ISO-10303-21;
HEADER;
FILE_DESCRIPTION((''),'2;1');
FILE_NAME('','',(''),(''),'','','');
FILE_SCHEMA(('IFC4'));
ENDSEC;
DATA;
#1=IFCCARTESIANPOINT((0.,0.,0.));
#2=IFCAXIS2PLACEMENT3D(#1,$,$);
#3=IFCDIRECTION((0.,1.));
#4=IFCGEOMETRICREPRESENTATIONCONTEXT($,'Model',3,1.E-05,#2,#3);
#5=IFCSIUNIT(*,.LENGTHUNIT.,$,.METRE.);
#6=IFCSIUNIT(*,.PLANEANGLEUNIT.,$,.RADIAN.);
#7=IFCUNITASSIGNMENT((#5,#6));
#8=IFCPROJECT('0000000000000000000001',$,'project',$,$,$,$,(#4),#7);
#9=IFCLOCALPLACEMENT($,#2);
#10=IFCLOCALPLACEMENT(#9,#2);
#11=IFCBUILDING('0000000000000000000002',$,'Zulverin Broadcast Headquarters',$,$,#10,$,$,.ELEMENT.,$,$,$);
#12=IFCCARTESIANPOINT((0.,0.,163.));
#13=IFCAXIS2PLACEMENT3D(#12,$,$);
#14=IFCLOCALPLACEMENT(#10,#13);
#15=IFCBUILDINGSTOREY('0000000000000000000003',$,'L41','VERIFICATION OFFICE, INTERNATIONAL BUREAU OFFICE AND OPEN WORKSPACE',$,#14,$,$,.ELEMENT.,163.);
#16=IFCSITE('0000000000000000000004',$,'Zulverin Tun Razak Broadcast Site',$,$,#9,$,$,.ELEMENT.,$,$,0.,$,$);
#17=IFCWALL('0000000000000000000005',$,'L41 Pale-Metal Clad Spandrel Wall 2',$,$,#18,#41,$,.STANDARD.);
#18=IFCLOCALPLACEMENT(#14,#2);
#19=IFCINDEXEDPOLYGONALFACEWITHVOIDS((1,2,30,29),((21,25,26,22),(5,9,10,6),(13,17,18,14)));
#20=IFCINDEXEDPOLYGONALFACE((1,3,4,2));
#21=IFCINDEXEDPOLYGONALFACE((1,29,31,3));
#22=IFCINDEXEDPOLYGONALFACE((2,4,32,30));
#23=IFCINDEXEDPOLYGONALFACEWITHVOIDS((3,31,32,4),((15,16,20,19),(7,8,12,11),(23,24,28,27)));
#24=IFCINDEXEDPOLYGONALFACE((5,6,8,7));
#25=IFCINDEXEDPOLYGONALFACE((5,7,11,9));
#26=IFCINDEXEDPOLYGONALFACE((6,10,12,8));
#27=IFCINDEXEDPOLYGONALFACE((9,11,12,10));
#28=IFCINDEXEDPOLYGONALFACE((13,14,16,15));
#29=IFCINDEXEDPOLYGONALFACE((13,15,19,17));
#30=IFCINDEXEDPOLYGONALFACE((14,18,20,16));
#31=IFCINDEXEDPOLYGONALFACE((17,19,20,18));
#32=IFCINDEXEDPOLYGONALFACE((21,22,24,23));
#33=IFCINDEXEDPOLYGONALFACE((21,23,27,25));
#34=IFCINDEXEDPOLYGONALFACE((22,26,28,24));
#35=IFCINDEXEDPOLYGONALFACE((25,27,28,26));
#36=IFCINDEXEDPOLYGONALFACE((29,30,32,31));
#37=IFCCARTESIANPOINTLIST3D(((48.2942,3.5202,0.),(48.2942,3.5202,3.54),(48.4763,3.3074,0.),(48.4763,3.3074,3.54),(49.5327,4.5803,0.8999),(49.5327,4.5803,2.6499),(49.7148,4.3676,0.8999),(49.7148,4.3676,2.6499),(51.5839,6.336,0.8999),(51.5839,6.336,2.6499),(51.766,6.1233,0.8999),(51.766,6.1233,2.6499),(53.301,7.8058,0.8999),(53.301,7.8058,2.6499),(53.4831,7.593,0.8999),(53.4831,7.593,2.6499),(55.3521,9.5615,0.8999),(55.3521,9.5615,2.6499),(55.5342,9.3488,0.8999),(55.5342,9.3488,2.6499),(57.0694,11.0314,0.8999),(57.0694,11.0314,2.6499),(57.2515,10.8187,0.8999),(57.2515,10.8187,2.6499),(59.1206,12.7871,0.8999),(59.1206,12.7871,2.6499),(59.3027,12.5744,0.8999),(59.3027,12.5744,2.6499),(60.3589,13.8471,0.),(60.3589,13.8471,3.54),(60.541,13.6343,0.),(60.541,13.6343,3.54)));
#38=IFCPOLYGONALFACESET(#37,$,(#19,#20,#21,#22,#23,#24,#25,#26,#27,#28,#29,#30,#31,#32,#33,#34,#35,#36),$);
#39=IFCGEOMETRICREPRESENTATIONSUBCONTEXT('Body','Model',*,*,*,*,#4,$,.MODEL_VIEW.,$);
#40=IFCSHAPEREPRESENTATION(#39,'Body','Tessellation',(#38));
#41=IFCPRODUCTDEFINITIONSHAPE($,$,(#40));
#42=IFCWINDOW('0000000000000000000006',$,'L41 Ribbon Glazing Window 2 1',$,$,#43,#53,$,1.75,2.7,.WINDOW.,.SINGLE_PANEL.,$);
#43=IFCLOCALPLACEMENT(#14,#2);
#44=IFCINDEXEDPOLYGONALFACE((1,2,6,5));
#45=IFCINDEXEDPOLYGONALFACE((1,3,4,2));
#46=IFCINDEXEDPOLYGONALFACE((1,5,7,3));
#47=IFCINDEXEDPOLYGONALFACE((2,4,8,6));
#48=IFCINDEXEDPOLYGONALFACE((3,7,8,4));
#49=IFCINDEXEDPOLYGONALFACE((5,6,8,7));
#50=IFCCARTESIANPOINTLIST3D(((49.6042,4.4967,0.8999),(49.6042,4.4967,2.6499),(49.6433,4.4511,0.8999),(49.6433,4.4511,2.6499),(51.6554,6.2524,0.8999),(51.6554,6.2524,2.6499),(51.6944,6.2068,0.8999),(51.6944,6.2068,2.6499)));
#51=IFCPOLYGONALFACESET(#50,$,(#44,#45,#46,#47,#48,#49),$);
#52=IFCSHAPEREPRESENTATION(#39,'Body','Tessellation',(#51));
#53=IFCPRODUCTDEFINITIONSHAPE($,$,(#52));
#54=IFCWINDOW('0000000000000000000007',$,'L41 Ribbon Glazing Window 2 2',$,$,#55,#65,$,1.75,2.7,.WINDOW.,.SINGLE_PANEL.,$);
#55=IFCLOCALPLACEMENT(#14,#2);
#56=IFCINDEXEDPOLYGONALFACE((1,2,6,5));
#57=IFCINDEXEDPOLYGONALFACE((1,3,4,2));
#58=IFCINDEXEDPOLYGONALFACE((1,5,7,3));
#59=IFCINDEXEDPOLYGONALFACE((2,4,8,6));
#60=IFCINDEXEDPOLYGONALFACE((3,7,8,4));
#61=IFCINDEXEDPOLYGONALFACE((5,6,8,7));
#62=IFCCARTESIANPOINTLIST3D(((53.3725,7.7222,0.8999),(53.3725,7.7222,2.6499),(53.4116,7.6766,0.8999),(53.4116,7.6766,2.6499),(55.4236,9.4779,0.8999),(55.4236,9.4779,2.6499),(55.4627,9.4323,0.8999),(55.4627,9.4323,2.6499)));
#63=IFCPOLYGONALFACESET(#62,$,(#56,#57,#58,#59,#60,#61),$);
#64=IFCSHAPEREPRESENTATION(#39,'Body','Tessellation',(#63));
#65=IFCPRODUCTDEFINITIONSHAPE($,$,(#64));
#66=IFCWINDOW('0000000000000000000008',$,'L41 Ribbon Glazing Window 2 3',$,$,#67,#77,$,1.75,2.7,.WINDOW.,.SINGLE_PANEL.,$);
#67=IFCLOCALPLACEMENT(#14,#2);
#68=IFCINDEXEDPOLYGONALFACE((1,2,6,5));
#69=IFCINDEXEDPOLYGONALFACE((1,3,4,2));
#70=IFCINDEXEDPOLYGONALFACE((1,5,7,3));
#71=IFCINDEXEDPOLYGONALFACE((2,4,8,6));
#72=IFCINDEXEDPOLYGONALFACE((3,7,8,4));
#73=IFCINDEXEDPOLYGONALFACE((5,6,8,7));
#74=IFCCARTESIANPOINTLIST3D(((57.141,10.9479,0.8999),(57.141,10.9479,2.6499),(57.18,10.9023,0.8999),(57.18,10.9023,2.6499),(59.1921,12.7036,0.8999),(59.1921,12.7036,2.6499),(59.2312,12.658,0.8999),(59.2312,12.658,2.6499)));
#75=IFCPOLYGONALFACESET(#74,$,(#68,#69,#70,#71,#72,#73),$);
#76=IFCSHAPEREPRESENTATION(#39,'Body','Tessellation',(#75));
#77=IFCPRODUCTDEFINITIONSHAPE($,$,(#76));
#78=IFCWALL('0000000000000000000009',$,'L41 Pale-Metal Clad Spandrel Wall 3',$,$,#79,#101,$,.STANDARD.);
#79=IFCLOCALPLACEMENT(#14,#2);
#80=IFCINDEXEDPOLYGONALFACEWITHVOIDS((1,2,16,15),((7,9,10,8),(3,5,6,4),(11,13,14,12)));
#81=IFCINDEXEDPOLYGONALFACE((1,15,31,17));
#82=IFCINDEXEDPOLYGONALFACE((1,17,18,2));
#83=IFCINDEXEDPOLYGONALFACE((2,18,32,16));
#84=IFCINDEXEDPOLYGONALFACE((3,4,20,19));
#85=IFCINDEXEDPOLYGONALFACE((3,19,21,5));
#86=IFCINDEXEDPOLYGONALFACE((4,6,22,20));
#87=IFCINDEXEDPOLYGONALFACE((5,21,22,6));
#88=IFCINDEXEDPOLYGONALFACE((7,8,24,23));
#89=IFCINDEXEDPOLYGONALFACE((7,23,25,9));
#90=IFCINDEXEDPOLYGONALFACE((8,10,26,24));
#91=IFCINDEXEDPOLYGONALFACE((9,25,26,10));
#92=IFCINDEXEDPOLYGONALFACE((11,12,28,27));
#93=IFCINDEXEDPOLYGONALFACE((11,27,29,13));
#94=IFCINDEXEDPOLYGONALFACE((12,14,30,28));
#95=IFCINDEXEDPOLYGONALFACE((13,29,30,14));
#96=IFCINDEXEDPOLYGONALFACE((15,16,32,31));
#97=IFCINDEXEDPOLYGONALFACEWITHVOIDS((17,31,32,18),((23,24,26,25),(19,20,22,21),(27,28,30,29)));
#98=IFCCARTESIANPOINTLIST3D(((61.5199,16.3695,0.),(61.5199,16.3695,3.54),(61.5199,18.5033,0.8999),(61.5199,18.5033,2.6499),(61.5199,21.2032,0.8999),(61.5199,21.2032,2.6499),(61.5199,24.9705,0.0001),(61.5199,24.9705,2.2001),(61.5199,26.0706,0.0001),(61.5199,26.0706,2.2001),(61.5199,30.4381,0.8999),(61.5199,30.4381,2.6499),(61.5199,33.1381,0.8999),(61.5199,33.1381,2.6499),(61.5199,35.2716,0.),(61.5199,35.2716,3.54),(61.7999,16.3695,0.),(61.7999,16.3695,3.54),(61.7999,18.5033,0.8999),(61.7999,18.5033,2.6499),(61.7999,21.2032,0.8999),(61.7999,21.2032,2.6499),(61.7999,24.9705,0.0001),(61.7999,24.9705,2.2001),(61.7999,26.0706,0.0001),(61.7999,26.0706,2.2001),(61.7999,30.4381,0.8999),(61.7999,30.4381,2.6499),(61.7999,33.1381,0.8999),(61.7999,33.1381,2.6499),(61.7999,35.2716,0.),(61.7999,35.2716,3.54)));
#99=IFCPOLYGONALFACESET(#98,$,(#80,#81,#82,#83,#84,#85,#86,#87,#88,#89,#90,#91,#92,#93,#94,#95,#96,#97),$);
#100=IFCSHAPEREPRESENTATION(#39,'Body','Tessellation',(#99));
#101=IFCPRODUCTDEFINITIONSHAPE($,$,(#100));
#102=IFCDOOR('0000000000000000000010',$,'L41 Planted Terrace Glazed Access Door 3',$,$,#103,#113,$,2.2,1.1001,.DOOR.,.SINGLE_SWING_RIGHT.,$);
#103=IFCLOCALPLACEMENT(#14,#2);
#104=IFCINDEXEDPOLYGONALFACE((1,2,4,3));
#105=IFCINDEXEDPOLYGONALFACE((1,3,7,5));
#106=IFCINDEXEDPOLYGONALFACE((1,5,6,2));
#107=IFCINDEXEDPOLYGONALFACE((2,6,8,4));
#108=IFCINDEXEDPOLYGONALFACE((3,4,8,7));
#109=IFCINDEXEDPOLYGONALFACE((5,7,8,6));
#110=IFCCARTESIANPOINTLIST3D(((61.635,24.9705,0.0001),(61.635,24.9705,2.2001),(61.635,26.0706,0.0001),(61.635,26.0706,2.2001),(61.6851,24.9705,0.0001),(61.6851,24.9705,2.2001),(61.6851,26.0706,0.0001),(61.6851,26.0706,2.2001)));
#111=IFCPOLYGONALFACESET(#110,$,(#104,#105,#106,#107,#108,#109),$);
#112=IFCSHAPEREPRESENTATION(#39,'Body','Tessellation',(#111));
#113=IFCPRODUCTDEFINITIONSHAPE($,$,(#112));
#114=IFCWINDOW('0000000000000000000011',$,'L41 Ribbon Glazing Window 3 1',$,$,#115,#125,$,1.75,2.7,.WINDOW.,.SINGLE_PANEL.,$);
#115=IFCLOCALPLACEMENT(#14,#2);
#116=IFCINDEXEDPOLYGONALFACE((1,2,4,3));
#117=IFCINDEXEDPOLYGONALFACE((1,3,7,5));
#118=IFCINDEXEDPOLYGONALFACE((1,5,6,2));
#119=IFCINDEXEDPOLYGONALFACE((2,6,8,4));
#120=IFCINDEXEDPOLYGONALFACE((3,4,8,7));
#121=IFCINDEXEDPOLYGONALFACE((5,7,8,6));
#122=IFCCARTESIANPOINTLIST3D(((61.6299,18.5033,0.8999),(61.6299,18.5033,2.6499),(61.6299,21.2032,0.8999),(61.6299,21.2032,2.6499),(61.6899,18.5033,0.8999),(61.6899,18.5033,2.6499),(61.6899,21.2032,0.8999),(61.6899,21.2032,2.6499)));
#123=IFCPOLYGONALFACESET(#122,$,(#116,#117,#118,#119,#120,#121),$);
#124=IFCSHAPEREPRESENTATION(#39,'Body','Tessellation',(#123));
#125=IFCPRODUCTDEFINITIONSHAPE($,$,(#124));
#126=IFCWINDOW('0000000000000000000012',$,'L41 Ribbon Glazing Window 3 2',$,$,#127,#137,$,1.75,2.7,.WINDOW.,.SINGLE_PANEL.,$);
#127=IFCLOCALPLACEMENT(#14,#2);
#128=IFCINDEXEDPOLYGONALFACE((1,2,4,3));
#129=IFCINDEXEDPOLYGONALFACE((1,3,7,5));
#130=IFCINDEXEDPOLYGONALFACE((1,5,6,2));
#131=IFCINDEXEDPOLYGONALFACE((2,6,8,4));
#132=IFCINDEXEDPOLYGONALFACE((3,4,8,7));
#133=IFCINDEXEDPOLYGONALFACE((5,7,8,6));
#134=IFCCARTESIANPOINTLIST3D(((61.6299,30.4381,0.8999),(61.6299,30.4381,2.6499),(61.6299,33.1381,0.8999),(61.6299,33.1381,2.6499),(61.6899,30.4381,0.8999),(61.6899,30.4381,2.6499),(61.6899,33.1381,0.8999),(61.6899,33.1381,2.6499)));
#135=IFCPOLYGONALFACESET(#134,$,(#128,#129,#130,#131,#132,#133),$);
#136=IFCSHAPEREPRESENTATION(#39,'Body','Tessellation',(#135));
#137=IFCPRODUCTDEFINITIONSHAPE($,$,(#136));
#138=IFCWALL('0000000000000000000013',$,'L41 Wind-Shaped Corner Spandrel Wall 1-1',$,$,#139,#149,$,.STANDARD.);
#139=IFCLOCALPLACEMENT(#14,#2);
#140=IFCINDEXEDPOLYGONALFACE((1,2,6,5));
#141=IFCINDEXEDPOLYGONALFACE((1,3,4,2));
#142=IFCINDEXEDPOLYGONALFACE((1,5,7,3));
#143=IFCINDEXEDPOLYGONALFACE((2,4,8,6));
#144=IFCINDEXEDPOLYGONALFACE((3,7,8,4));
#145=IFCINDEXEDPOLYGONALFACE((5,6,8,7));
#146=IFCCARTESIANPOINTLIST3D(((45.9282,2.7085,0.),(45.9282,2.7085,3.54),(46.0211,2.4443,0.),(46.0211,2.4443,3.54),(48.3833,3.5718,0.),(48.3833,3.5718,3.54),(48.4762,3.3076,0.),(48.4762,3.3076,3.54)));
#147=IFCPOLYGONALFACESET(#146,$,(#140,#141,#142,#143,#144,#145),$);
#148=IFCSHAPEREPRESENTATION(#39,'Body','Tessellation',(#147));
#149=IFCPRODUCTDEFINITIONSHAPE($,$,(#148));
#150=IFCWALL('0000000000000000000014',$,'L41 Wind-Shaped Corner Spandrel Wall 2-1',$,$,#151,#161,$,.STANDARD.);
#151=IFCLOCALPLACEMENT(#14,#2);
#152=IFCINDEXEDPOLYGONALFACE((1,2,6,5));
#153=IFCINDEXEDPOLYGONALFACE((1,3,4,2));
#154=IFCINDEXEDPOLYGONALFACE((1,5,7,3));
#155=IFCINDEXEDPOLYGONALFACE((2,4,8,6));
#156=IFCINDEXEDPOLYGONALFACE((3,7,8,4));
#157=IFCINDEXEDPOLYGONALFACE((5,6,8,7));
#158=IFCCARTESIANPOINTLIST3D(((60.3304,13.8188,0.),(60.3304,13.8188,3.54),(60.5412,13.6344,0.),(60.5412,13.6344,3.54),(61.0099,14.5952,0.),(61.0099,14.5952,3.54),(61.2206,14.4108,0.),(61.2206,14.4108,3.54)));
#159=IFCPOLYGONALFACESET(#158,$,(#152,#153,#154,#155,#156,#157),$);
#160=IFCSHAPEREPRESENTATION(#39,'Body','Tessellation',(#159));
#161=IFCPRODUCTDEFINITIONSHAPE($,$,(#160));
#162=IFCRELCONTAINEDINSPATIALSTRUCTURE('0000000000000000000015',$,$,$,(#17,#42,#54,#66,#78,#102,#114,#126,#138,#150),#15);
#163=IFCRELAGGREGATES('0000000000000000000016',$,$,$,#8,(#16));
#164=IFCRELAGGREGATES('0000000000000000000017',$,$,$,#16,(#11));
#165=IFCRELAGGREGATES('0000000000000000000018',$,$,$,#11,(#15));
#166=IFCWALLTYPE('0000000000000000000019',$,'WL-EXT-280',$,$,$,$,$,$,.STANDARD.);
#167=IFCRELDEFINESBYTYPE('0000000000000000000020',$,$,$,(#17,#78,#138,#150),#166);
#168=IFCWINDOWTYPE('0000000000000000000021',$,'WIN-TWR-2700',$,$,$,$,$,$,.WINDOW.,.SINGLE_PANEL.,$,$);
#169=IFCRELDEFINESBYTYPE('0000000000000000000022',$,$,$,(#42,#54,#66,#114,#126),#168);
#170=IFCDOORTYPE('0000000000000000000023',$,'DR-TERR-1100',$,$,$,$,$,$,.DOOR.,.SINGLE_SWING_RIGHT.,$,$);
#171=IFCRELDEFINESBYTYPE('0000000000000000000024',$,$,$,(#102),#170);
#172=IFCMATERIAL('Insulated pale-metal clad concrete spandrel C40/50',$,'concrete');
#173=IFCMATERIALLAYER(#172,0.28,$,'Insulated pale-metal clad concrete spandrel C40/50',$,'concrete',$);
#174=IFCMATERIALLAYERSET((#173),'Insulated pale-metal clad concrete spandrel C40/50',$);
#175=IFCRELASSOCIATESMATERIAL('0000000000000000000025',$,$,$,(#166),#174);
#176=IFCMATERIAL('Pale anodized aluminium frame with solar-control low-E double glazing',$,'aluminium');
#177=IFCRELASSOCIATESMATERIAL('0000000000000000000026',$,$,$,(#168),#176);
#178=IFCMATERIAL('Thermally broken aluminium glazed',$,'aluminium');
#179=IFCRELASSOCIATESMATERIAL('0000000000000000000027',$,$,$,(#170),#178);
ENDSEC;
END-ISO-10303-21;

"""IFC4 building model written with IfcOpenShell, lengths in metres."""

from ifc_helpers import new_model, si_unit, direction, frame, frame_2d, origin, place, context, subcontext, project, spatial, rectangle, extrude, material, layer, layer_set, type_object, element, fill, save


model = new_model("IFC4")

# Units and contexts
model_context = context("Model", 3, precision=1e-05, world=origin(), true_north=direction((0.0, 1.0)))
body_context = subcontext(model_context, "Body", "Model", "MODEL_VIEW")
ifc_project = project(units=[si_unit("LENGTHUNIT", "METRE"), si_unit("PLANEANGLEUNIT", "RADIAN")], contexts=[model_context])

# Site, building, storey
site_placement = place(None, origin())
site = spatial("IfcSite", under=ifc_project, at=site_placement, Name="Zulverin Tun Razak Broadcast Site", CompositionType="ELEMENT", RefElevation=0.0)
building_placement = place(site_placement, origin())
building = spatial("IfcBuilding", under=site, at=building_placement, Name="Zulverin Broadcast Headquarters", CompositionType="ELEMENT")
storey_placement = place(building_placement, frame((0.0, 0.0, 163.0)))
storey = spatial("IfcBuildingStorey", under=building, at=storey_placement, Name="L41", Description="VERIFICATION OFFICE, INTERNATIONAL BUREAU OFFICE AND OPEN WORKSPACE", CompositionType="ELEMENT", Elevation=163.0)

# Wall, openings, windows
ifc_material_1 = material(Name="Insulated pale-metal clad concrete spandrel C40/50", Category="concrete")
ifc_layer_1 = layer(ifc_material_1, 0.28, Name="Insulated pale-metal clad concrete spandrel C40/50", Category="concrete")
ifc_layer_set_1 = layer_set([ifc_layer_1], Name="Insulated pale-metal clad concrete spandrel C40/50")
wall_type_1 = type_object("IfcWallType", Name="WL-EXT-280", PredefinedType="STANDARD", material=ifc_layer_set_1)
wall_1_placement = place(storey_placement, frame((48.3853, 3.4138, 0.0), z_axis=(0.0, 0.0, 1.0), x_axis=(0.7597, 0.650273, 0.0)))
wall_1 = element("IfcWall", 1, at=wall_1_placement, inside=storey, type_object=wall_type_1, Name="L41 Pale-Metal Clad Spandrel Wall 2", PredefinedType="STANDARD", context=body_context, shape_type="SweptSolid", body=[
    extrude(rectangle(XDim=15.8809, YDim=0.28, at=frame_2d((7.9404, 0.0))), origin(), (0.0, 0.0, 1.0), 3.54),
])
opening_1_placement = place(wall_1_placement, frame((1.6301, 0.0, 0.8999)))
opening_1 = element("IfcOpeningElement", 2, at=opening_1_placement, cuts=wall_1, PredefinedType="OPENING", context=body_context, shape_type="SweptSolid", body=[
    extrude(rectangle(XDim=2.7, YDim=1.75, at=frame_2d((1.3501, 0.875))), frame((0.0, 0.1499, 0.0), z_axis=(0.0, -1.0, 0.0), x_axis=(1.0, 0.0, 0.0)), (0.0, 0.0, 1.0), 0.3),
])
opening_2_placement = place(wall_1_placement, frame((6.5903, 0.0, 0.8999)))
opening_2 = element("IfcOpeningElement", 3, at=opening_2_placement, cuts=wall_1, PredefinedType="OPENING", context=body_context, shape_type="SweptSolid", body=[
    extrude(rectangle(XDim=2.7, YDim=1.75, at=frame_2d((1.3501, 0.875))), frame((0.0, 0.1499, 0.0), z_axis=(0.0, -1.0, 0.0), x_axis=(1.0, 0.0, 0.0)), (0.0, 0.0, 1.0), 0.3),
])
opening_3_placement = place(wall_1_placement, frame((11.5508, 0.0, 0.8999)))
opening_3 = element("IfcOpeningElement", 4, at=opening_3_placement, cuts=wall_1, PredefinedType="OPENING", context=body_context, shape_type="SweptSolid", body=[
    extrude(rectangle(XDim=2.7, YDim=1.75, at=frame_2d((1.3501, 0.875))), frame((0.0, 0.1499, 0.0), z_axis=(0.0, -1.0, 0.0), x_axis=(1.0, 0.0, 0.0)), (0.0, 0.0, 1.0), 0.3),
])
ifc_material_2 = material(Name="Pale anodized aluminium frame with solar-control low-E double glazing", Category="aluminium")
window_type = type_object("IfcWindowType", Name="WIN-TWR-2700", PartitioningType="SINGLE_PANEL", PredefinedType="WINDOW", material=ifc_material_2)
window_1_placement = place(opening_1_placement, origin())
window_1 = element("IfcWindow", 5, at=window_1_placement, inside=storey, type_object=window_type, Name="L41 Ribbon Glazing Window 2 1", OverallHeight=1.75, OverallWidth=2.7, PartitioningType="SINGLE_PANEL", PredefinedType="WINDOW", context=body_context, shape_type="SweptSolid", body=[
    extrude(rectangle(XDim=2.7, YDim=1.75, at=frame_2d((1.3501, 0.875))), frame((0.0, 0.03, 0.0), z_axis=(0.0, -1.0, 0.0), x_axis=(1.0, 0.0, 0.0)), (0.0, 0.0, 1.0), 0.0601),
])
fill(opening_1, window_1)
window_2_placement = place(opening_2_placement, origin())
window_2 = element("IfcWindow", 6, at=window_2_placement, inside=storey, type_object=window_type, Name="L41 Ribbon Glazing Window 2 2", OverallHeight=1.75, OverallWidth=2.7, PartitioningType="SINGLE_PANEL", PredefinedType="WINDOW", context=body_context, shape_type="SweptSolid", body=[
    extrude(rectangle(XDim=2.7, YDim=1.75, at=frame_2d((1.3501, 0.875))), frame((0.0, 0.03, 0.0), z_axis=(0.0, -1.0, 0.0), x_axis=(1.0, 0.0, 0.0)), (0.0, 0.0, 1.0), 0.0601),
])
fill(opening_2, window_2)
window_3_placement = place(opening_3_placement, origin())
window_3 = element("IfcWindow", 7, at=window_3_placement, inside=storey, type_object=window_type, Name="L41 Ribbon Glazing Window 2 3", OverallHeight=1.75, OverallWidth=2.7, PartitioningType="SINGLE_PANEL", PredefinedType="WINDOW", context=body_context, shape_type="SweptSolid", body=[
    extrude(rectangle(XDim=2.7, YDim=1.75, at=frame_2d((1.3501, 0.875))), frame((0.0, 0.03, 0.0), z_axis=(0.0, -1.0, 0.0), x_axis=(1.0, 0.0, 0.0)), (0.0, 0.0, 1.0), 0.0601),
])
fill(opening_3, window_3)

# Wall, openings, door, windows
wall_2_placement = place(storey_placement, frame((61.6599, 16.3694, 0.0), z_axis=(0.0, 0.0, 1.0), x_axis=(0.0, 1.0, 0.0)))
wall_2 = element("IfcWall", 8, at=wall_2_placement, inside=storey, type_object=wall_type_1, Name="L41 Pale-Metal Clad Spandrel Wall 3", PredefinedType="STANDARD", context=body_context, shape_type="SweptSolid", body=[
    extrude(rectangle(XDim=18.9021, YDim=0.28, at=frame_2d((9.4512, 0.0))), origin(), (0.0, 0.0, 1.0), 3.54),
])
opening_4_placement = place(wall_2_placement, frame((8.6011, 0.0, 0.0)))
opening_4 = element("IfcOpeningElement", 9, at=opening_4_placement, cuts=wall_2, PredefinedType="OPENING", context=body_context, shape_type="SweptSolid", body=[
    extrude(rectangle(XDim=1.1001, YDim=2.2, at=frame_2d((0.55, 1.1001))), frame((0.0, 0.1499, 0.0), z_axis=(0.0, -1.0, 0.0), x_axis=(1.0, 0.0, 0.0)), (0.0, 0.0, 1.0), 0.3),
])
opening_5_placement = place(wall_2_placement, frame((2.1338, 0.0, 0.8999)))
opening_5 = element("IfcOpeningElement", 10, at=opening_5_placement, cuts=wall_2, PredefinedType="OPENING", context=body_context, shape_type="SweptSolid", body=[
    extrude(rectangle(XDim=2.7, YDim=1.75, at=frame_2d((1.3501, 0.875))), frame((0.0, 0.1499, 0.0), z_axis=(0.0, -1.0, 0.0), x_axis=(1.0, 0.0, 0.0)), (0.0, 0.0, 1.0), 0.3),
])
opening_6_placement = place(wall_2_placement, frame((14.0686, 0.0, 0.8999)))
opening_6 = element("IfcOpeningElement", 11, at=opening_6_placement, cuts=wall_2, PredefinedType="OPENING", context=body_context, shape_type="SweptSolid", body=[
    extrude(rectangle(XDim=2.7, YDim=1.75, at=frame_2d((1.3501, 0.875))), frame((0.0, 0.1499, 0.0), z_axis=(0.0, -1.0, 0.0), x_axis=(1.0, 0.0, 0.0)), (0.0, 0.0, 1.0), 0.3),
])
ifc_material_3 = material(Name="Thermally broken aluminium glazed", Category="aluminium")
door_type = type_object("IfcDoorType", Name="DR-TERR-1100", OperationType="SINGLE_SWING_RIGHT", PredefinedType="DOOR", material=ifc_material_3)
door_placement = place(opening_4_placement, origin())
door = element("IfcDoor", 12, at=door_placement, inside=storey, type_object=door_type, Name="L41 Planted Terrace Glazed Access Door 3", OperationType="SINGLE_SWING_RIGHT", OverallHeight=2.2, OverallWidth=1.1001, PredefinedType="DOOR", context=body_context, shape_type="SweptSolid", body=[
    extrude(rectangle(XDim=1.1001, YDim=2.2, at=frame_2d((0.55, 1.1001))), frame((0.0, 0.0249, 0.0), z_axis=(0.0, -1.0, 0.0), x_axis=(1.0, 0.0, 0.0)), (0.0, 0.0, 1.0), 0.05),
])
fill(opening_4, door)
window_4_placement = place(opening_5_placement, origin())
window_4 = element("IfcWindow", 13, at=window_4_placement, inside=storey, type_object=window_type, Name="L41 Ribbon Glazing Window 3 1", OverallHeight=1.75, OverallWidth=2.7, PartitioningType="SINGLE_PANEL", PredefinedType="WINDOW", context=body_context, shape_type="SweptSolid", body=[
    extrude(rectangle(XDim=2.7, YDim=1.75, at=frame_2d((1.3501, 0.875))), frame((0.0, 0.03, 0.0), z_axis=(0.0, -1.0, 0.0), x_axis=(1.0, 0.0, 0.0)), (0.0, 0.0, 1.0), 0.0601),
])
fill(opening_5, window_4)
window_5_placement = place(opening_6_placement, origin())
window_5 = element("IfcWindow", 14, at=window_5_placement, inside=storey, type_object=window_type, Name="L41 Ribbon Glazing Window 3 2", OverallHeight=1.75, OverallWidth=2.7, PartitioningType="SINGLE_PANEL", PredefinedType="WINDOW", context=body_context, shape_type="SweptSolid", body=[
    extrude(rectangle(XDim=2.7, YDim=1.75, at=frame_2d((1.3501, 0.875))), frame((0.0, 0.03, 0.0), z_axis=(0.0, -1.0, 0.0), x_axis=(1.0, 0.0, 0.0)), (0.0, 0.0, 1.0), 0.0601),
])
fill(opening_6, window_5)

# Walls
wall_3_placement = place(storey_placement, frame((45.9746, 2.5764, 0.0), z_axis=(0.0, 0.0, 1.0), x_axis=(0.943378, 0.331721, 0.0)))
element("IfcWall", 15, at=wall_3_placement, inside=storey, type_object=wall_type_1, Name="L41 Wind-Shaped Corner Spandrel Wall 1-1", PredefinedType="STANDARD", context=body_context, shape_type="SweptSolid", body=[
    extrude(rectangle(XDim=2.6025, YDim=0.28, at=frame_2d((1.3013, 0.0))), origin(), (0.0, 0.0, 1.0), 3.54),
])
wall_4_placement = place(storey_placement, frame((60.4358, 13.7266, 0.0), z_axis=(0.0, 0.0, 1.0), x_axis=(0.658572, 0.752518, 0.0)))
element("IfcWall", 16, at=wall_4_placement, inside=storey, type_object=wall_type_1, Name="L41 Wind-Shaped Corner Spandrel Wall 2-1", PredefinedType="STANDARD", context=body_context, shape_type="SweptSolid", body=[
    extrude(rectangle(XDim=1.0317, YDim=0.28, at=frame_2d((0.5159, 0.0))), origin(), (0.0, 0.0, 1.0), 3.54),
])

save(model, "model.ifc")
